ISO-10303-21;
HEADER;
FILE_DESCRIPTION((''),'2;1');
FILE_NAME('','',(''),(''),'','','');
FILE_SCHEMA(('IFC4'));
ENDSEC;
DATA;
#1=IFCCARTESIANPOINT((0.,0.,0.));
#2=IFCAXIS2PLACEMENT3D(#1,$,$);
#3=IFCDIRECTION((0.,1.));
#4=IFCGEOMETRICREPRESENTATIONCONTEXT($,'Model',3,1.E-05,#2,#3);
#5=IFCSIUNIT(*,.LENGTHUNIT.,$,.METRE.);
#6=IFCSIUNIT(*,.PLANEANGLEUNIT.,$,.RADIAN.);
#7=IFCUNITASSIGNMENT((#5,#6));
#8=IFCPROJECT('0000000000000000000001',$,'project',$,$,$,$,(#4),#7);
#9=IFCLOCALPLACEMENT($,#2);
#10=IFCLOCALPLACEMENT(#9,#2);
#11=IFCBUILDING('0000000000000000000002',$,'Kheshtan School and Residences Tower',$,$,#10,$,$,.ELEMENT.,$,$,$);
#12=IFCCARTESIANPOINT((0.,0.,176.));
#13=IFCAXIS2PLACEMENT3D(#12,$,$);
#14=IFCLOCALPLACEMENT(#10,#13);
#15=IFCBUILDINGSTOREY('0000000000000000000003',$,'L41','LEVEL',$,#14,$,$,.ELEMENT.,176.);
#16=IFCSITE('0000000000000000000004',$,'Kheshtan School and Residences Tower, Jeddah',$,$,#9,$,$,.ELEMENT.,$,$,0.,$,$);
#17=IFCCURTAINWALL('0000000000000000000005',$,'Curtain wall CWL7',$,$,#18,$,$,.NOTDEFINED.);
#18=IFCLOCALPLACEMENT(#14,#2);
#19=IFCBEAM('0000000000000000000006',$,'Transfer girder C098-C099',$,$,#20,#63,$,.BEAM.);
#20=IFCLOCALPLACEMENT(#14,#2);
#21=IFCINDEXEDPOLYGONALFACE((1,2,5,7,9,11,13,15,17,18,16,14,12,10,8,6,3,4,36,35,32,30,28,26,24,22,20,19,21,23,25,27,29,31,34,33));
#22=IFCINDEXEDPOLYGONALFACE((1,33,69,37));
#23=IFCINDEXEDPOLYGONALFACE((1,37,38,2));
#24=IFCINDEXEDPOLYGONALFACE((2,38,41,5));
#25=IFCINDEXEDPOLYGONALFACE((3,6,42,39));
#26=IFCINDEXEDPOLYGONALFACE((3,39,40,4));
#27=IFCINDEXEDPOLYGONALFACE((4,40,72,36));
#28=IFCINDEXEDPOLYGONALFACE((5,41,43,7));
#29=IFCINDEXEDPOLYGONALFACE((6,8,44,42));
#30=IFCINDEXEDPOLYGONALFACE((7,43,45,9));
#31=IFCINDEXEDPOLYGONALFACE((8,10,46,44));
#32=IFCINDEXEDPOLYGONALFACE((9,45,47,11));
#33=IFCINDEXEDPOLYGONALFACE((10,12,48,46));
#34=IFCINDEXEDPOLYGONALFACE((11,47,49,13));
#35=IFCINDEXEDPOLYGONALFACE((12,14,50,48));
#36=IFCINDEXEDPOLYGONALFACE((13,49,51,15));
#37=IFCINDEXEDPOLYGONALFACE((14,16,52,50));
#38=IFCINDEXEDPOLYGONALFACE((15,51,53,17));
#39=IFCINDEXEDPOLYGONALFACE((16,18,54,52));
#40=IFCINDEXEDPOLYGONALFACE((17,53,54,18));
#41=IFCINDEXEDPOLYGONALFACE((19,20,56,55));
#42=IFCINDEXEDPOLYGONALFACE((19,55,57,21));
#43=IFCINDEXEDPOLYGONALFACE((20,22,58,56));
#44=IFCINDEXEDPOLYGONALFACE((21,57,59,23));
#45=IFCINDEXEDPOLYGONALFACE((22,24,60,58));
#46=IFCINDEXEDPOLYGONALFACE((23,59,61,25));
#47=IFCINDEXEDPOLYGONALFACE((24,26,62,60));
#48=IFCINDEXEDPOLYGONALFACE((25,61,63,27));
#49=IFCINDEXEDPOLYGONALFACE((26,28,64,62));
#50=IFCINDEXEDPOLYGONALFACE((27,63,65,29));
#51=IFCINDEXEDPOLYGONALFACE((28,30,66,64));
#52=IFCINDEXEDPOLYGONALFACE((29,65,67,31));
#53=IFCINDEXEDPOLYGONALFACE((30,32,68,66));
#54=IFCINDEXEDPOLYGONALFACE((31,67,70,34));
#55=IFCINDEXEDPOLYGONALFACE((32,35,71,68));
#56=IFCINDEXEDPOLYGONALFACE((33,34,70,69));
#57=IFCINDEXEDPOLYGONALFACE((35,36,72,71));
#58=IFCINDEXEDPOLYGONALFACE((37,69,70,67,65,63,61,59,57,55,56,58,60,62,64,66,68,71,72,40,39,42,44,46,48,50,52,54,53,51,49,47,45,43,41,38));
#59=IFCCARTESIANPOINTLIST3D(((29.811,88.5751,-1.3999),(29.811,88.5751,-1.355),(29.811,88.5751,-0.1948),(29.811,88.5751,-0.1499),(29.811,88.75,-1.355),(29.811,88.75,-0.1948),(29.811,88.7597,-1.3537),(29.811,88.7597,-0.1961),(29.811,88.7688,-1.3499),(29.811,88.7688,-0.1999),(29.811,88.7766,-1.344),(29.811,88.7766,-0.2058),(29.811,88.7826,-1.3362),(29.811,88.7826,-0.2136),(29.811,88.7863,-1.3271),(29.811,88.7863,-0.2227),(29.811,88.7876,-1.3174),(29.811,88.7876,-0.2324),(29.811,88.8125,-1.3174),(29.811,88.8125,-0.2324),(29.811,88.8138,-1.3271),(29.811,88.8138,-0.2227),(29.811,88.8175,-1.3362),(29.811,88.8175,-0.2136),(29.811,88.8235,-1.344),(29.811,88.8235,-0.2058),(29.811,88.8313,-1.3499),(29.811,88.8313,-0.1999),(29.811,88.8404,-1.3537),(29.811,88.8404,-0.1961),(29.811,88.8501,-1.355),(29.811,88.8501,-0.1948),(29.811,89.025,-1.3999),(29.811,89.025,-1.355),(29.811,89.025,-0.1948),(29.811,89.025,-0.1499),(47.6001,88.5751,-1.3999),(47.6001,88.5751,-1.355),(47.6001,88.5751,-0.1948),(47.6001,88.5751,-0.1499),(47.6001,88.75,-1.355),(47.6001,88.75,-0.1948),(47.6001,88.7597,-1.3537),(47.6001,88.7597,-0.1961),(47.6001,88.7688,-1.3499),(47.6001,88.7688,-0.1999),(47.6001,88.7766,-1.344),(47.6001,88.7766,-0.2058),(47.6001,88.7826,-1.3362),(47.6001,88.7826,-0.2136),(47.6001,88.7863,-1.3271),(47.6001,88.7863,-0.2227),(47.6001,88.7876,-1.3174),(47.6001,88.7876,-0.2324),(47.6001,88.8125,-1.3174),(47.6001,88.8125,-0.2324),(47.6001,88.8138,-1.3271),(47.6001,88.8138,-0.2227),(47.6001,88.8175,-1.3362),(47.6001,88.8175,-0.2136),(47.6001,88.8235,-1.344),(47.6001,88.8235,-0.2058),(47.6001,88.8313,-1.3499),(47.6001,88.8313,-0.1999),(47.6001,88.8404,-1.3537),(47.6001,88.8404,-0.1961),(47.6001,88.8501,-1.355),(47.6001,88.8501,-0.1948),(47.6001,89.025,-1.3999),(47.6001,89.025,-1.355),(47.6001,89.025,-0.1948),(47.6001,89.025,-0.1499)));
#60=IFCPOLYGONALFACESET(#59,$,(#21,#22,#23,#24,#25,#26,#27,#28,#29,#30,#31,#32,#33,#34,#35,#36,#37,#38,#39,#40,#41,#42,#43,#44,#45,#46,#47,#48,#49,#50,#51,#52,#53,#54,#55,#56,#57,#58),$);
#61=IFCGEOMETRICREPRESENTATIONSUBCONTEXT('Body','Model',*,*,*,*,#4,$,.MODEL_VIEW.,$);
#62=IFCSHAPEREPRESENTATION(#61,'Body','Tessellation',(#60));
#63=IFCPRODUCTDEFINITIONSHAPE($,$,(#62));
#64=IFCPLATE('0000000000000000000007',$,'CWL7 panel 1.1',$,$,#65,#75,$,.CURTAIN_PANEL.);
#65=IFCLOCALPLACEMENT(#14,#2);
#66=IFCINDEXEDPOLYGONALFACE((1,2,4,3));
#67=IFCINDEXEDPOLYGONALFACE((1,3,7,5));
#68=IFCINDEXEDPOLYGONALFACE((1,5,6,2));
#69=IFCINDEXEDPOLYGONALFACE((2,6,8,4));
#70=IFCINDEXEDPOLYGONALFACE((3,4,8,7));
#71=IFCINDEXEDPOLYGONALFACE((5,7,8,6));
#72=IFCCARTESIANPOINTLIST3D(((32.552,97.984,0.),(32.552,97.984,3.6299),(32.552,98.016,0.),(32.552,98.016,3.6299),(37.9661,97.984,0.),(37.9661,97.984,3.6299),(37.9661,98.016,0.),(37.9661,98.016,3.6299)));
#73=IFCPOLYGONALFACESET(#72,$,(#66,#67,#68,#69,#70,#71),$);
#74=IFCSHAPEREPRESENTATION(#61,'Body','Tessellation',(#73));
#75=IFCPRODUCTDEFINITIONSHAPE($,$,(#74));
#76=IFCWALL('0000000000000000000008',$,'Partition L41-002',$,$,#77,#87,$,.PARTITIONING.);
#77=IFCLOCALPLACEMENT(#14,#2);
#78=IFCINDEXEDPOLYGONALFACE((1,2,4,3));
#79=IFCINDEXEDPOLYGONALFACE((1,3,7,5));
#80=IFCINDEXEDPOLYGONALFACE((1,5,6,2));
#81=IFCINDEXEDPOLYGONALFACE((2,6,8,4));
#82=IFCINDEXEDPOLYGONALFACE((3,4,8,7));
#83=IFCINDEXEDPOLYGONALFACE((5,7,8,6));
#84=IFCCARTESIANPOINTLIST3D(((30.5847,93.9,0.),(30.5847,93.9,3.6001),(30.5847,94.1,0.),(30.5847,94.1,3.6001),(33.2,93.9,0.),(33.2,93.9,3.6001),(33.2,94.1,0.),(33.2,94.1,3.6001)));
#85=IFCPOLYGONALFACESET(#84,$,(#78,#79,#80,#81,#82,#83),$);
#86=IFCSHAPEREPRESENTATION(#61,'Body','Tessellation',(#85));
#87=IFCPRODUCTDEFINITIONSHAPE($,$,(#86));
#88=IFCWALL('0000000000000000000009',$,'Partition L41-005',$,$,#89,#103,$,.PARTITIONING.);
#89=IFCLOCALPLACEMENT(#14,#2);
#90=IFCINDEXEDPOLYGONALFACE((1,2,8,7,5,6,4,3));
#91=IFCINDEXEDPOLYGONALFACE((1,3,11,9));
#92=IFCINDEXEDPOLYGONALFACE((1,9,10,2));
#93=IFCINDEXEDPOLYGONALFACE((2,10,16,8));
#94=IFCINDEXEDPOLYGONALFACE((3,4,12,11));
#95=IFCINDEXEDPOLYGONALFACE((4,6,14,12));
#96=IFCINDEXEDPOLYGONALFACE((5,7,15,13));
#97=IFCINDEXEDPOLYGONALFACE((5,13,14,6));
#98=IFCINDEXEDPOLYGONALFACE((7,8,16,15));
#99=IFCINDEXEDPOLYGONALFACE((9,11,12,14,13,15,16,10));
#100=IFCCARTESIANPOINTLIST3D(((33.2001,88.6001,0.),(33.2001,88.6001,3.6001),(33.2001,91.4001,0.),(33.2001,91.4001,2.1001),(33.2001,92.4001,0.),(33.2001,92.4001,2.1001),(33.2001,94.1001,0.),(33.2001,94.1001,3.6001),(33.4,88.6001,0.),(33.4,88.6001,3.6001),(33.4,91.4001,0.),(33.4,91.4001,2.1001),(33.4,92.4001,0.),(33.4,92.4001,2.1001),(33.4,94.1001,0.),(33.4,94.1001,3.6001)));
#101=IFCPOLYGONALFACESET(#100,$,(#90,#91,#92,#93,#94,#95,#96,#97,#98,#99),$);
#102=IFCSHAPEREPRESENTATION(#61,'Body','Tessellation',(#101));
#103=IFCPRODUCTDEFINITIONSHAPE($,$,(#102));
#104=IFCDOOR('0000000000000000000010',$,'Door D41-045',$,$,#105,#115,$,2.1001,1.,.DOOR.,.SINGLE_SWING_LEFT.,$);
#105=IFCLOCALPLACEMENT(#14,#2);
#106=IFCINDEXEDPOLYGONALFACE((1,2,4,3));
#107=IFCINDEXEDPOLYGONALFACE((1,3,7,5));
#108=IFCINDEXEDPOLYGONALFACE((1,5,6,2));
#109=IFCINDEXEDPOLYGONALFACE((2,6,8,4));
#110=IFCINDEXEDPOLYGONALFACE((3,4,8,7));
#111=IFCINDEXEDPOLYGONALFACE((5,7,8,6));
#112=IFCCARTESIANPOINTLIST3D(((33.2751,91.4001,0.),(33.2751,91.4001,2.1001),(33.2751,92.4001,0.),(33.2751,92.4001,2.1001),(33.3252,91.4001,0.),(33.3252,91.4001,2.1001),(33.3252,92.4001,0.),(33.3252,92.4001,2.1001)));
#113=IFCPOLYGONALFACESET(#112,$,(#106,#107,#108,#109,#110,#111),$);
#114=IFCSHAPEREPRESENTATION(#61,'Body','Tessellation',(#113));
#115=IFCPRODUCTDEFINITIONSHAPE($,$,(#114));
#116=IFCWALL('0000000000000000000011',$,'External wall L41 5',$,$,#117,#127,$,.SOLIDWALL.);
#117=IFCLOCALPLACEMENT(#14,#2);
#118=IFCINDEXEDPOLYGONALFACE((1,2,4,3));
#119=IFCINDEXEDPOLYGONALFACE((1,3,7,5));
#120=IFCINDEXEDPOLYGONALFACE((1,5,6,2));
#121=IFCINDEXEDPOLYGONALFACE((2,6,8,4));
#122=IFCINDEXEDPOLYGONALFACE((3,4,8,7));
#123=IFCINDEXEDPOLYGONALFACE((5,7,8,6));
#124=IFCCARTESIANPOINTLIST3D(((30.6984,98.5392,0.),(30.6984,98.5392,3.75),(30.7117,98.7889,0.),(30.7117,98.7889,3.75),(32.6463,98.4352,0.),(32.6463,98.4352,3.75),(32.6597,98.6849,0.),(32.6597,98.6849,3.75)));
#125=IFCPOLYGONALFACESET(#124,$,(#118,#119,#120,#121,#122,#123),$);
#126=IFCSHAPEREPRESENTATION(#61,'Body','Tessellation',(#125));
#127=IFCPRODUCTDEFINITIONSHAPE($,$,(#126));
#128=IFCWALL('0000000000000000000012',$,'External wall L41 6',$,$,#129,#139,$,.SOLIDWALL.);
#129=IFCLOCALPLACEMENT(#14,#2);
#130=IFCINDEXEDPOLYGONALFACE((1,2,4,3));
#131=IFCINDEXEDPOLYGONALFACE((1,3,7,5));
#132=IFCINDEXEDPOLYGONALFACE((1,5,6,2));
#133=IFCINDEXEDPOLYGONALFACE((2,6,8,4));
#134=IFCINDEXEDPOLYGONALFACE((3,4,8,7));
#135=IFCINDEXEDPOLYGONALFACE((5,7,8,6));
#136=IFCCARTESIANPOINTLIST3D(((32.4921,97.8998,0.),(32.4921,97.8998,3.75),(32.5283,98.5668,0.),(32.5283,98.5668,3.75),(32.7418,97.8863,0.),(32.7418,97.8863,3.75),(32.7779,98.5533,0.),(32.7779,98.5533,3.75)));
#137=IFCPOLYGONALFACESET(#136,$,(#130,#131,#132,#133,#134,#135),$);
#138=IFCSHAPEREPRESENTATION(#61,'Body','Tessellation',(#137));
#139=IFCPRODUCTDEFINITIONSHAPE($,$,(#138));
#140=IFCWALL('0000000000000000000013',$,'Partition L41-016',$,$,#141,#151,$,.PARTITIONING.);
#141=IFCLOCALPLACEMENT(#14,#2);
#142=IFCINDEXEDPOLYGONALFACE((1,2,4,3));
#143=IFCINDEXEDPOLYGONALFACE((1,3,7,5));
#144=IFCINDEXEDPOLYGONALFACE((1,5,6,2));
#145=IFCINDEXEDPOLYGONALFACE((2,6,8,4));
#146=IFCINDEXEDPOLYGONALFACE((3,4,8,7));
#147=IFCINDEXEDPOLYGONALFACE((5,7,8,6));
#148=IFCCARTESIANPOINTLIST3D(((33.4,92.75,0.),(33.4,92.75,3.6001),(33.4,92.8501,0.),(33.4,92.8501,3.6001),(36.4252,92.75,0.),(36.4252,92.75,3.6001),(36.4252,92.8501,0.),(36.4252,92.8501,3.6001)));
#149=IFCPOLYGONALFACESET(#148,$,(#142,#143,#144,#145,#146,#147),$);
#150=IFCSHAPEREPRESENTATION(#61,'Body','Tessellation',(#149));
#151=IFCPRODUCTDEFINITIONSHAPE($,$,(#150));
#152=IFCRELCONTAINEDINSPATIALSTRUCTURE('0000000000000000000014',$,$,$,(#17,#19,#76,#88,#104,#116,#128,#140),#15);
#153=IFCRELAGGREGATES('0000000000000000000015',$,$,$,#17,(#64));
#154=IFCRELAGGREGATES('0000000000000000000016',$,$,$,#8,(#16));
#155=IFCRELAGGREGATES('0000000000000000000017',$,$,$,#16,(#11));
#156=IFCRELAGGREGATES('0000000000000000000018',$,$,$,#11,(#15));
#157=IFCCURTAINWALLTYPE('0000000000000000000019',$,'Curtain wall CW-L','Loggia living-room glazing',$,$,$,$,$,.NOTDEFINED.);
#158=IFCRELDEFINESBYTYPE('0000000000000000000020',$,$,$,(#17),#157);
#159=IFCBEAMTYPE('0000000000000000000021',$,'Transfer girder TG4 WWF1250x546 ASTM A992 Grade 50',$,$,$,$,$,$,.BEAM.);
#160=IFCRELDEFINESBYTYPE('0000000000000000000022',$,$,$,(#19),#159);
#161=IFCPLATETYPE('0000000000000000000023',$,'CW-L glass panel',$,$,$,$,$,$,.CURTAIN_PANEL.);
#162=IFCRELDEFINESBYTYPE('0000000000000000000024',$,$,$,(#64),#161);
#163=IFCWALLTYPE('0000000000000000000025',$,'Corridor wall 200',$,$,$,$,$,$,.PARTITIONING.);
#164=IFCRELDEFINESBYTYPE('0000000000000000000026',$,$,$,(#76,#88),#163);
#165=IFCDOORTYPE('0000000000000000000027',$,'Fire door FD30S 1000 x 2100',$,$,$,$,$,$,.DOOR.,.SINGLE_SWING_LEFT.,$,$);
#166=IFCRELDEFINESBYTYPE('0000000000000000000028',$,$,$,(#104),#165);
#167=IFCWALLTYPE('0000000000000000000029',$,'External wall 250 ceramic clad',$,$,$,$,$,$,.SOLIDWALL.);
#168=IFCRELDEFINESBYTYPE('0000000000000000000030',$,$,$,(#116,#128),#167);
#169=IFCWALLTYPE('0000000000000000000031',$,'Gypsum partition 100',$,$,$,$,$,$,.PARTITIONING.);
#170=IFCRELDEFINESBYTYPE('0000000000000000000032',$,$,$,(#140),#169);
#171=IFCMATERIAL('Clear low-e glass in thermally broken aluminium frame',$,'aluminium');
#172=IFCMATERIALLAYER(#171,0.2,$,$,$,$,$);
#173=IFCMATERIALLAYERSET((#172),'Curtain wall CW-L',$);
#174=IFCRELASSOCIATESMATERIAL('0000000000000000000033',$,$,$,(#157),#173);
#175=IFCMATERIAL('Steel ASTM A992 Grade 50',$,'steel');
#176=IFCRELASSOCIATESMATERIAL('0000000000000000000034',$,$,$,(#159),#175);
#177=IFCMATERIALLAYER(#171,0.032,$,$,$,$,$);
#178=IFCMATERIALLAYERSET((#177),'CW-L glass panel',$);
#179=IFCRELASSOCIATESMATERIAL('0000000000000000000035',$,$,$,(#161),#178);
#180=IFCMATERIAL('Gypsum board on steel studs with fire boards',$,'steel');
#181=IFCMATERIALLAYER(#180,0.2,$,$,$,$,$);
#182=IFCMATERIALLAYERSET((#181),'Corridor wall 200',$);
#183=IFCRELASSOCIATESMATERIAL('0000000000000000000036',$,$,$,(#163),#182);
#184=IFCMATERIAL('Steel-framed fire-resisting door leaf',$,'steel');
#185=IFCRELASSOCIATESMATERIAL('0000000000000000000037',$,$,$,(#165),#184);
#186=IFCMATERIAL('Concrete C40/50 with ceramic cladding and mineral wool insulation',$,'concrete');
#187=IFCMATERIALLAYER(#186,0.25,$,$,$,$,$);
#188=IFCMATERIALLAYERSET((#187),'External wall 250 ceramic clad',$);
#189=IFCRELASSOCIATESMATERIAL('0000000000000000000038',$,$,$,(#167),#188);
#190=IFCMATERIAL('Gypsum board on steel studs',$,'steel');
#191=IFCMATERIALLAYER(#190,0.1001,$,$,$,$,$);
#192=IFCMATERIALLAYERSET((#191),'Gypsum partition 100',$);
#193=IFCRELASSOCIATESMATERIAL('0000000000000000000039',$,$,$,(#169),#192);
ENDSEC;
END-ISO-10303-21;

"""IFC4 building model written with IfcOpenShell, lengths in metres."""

from ifc_helpers import new_model, si_unit, direction, frame, frame_2d, origin, origin_2d, place, context, subcontext, project, spatial, rectangle, i_section, extrude, source, transform, mapped, material, layer, layer_set, material_profile, profile_set, type_object, element, fill, aggregate, save


model = new_model("IFC4")

# Units and contexts
model_context = context("Model", 3, precision=1e-05, world=origin(), true_north=direction((0.0, 1.0)))
body_context = subcontext(model_context, "Body", "Model", "MODEL_VIEW")
ifc_project = project(units=[si_unit("LENGTHUNIT", "METRE"), si_unit("PLANEANGLEUNIT", "RADIAN")], contexts=[model_context])

# Site, building, storey
site_placement = place(None, origin())
site = spatial("IfcSite", under=ifc_project, at=site_placement, Name="Kheshtan School and Residences Tower, Jeddah", CompositionType="ELEMENT", RefElevation=0.0)
building_placement = place(site_placement, origin())
building = spatial("IfcBuilding", under=site, at=building_placement, Name="Kheshtan School and Residences Tower", CompositionType="ELEMENT")
storey_placement = place(building_placement, frame((0.0, 0.0, 176.0)))
storey = spatial("IfcBuildingStorey", under=building, at=storey_placement, Name="L41", Description="LEVEL", CompositionType="ELEMENT", Elevation=176.0)

# Shared definitions
ifc_material_1 = material(Name="Steel ASTM A992 Grade 50", Category="steel")

# Curtain wall
ifc_material_2 = material(Name="Clear low-e glass in thermally broken aluminium frame", Category="aluminium")
ifc_layer_1 = layer(ifc_material_2, 0.2)
ifc_layer_set_1 = layer_set([ifc_layer_1], Name="Curtain wall CW-L")
curtain_wall_type = type_object("IfcCurtainWallType", Name="Curtain wall CW-L", Description="Loggia living-room glazing", PredefinedType="NOTDEFINED", material=ifc_layer_set_1)
curtain_wall_placement = place(storey_placement, origin())
curtain_wall = element("IfcCurtainWall", 1, at=curtain_wall_placement, inside=storey, type_object=curtain_wall_type, Name="Curtain wall CWL7", PredefinedType="NOTDEFINED")

# Beam
ifc_material_profile_1 = material_profile(ifc_material_1, i_section(OverallWidth=0.45, OverallDepth=1.25, WebThickness=0.0249, FlangeThickness=0.0449, FilletRadius=0.0376, at=origin_2d()), Name="WWF1250x546")
ifc_profile_set_1 = profile_set([ifc_material_profile_1], Name="Steel ASTM A992 Grade 50")
beam_type_1 = type_object("IfcBeamType", Name="Transfer girder TG4 WWF1250x546 ASTM A992 Grade 50", PredefinedType="BEAM", material=ifc_profile_set_1)
beam_1_placement = place(storey_placement, frame((29.811, 88.8, -0.7749), z_axis=(1.0, 0.0, 0.0), x_axis=(0.0, 1.0, 0.0)))
element("IfcBeam", 2, at=beam_1_placement, inside=storey, type_object=beam_type_1, Name="Transfer girder C098-C099", PredefinedType="BEAM", context=body_context, shape_type="SweptSolid", body=[
    extrude(i_section(OverallWidth=0.45, OverallDepth=1.25, WebThickness=0.0249, FlangeThickness=0.0449, FilletRadius=0.0376, at=origin_2d()), origin(), (0.0, 0.0, 1.0), 17.7891),
])

# Plate
ifc_layer_2 = layer(ifc_material_2, 0.032)
ifc_layer_set_2 = layer_set([ifc_layer_2], Name="CW-L glass panel")
plate_type = type_object("IfcPlateType", Name="CW-L glass panel", PredefinedType="CURTAIN_PANEL", material=ifc_layer_set_2)
plate_placement = place(storey_placement, frame((35.259, 98.0, 0.0), z_axis=(0.0, 0.0, 1.0), x_axis=(1.0, 0.0, 0.0)))
plate = element("IfcPlate", 3, at=plate_placement, type_object=plate_type, Name="CWL7 panel 1.1", PredefinedType="CURTAIN_PANEL", context=body_context, shape_type="SweptSolid", body=[
    extrude(rectangle(XDim=5.4141, YDim=0.032, at=origin_2d()), origin(), (0.0, 0.0, 1.0), 3.6299),
])
aggregate(curtain_wall, [plate])

# Wall
ifc_material_3 = material(Name="Gypsum board on steel studs with fire boards", Category="steel")
ifc_layer_3 = layer(ifc_material_3, 0.2)
ifc_layer_set_3 = layer_set([ifc_layer_3], Name="Corridor wall 200")
wall_type_1 = type_object("IfcWallType", Name="Corridor wall 200", PredefinedType="PARTITIONING", material=ifc_layer_set_3)
wall_1_placement = place(storey_placement, frame((30.5847, 94.0, 0.0), z_axis=(0.0, 0.0, 1.0), x_axis=(1.0, 0.0, 0.0)))
element("IfcWall", 4, at=wall_1_placement, inside=storey, type_object=wall_type_1, Name="Partition L41-002", PredefinedType="PARTITIONING", context=body_context, shape_type="SweptSolid", body=[
    extrude(rectangle(XDim=2.6152, YDim=0.2, at=frame_2d((1.3076, 0.0))), origin(), (0.0, 0.0, 1.0), 3.6001),
])

# Wall, opening, door
wall_2_placement = place(storey_placement, frame((33.3, 88.6001, 0.0), z_axis=(0.0, 0.0, 1.0), x_axis=(0.0, 1.0, 0.0)))
wall_2 = element("IfcWall", 5, at=wall_2_placement, inside=storey, type_object=wall_type_1, Name="Partition L41-005", PredefinedType="PARTITIONING", context=body_context, shape_type="SweptSolid", body=[
    extrude(rectangle(XDim=5.5, YDim=0.2, at=frame_2d((2.75, 0.0))), origin(), (0.0, 0.0, 1.0), 3.6001),
])
opening_1_placement = place(wall_2_placement, frame((2.8, 0.0, 0.0)))
opening_1 = element("IfcOpeningElement", 6, at=opening_1_placement, cuts=wall_2, PredefinedType="OPENING", context=body_context, shape_type="SweptSolid", body=[
    extrude(rectangle(XDim=1.0, YDim=2.1001, at=frame_2d((0.5, 1.05))), frame((0.0, 0.1099, 0.0), z_axis=(0.0, -1.0, 0.0), x_axis=(1.0, 0.0, 0.0)), (0.0, 0.0, 1.0), 0.22),
])
ifc_material_4 = material(Name="Steel-framed fire-resisting door leaf", Category="steel")
door_type_1 = type_object("IfcDoorType", Name="Fire door FD30S 1000 x 2100", OperationType="SINGLE_SWING_LEFT", PredefinedType="DOOR", material=ifc_material_4)
shared_shape_1 = source(origin(), body_context, "Body", "SweptSolid", [
    extrude(rectangle(XDim=1.0, YDim=2.1001, at=frame_2d((0.5, 1.05))), frame((0.0, 0.0249, 0.0), z_axis=(0.0, -1.0, 0.0), x_axis=(1.0, 0.0, 0.0)), (0.0, 0.0, 1.0), 0.05),
])
door_1_placement = place(opening_1_placement, origin())
door_1 = element("IfcDoor", 7, at=door_1_placement, inside=storey, type_object=door_type_1, Name="Door D41-045", OperationType="SINGLE_SWING_LEFT", OverallHeight=2.1001, OverallWidth=1.0, PredefinedType="DOOR", context=body_context, shape_type="MappedRepresentation", body=[
    mapped(shared_shape_1, transform((0.0, 0.0, 0.0), x_axis=(1.0, 0.0, 0.0), y_axis=(0.0, 1.0, 0.0), z_axis=(0.0, 0.0, 1.0), scale=1.0)),
])
fill(opening_1, door_1)

# Walls
ifc_material_5 = material(Name="Concrete C40/50 with ceramic cladding and mineral wool insulation", Category="concrete")
ifc_layer_4 = layer(ifc_material_5, 0.25)
ifc_layer_set_4 = layer_set([ifc_layer_4], Name="External wall 250 ceramic clad")
wall_type_2 = type_object("IfcWallType", Name="External wall 250 ceramic clad", PredefinedType="SOLIDWALL", material=ifc_layer_set_4)
wall_3_placement = place(storey_placement, frame((30.7051, 98.6641, 0.0), z_axis=(0.0, 0.0, 1.0), x_axis=(0.998578, -0.053314, 0.0)))
element("IfcWall", 8, at=wall_3_placement, inside=storey, type_object=wall_type_2, Name="External wall L41 5", PredefinedType="SOLIDWALL", context=body_context, shape_type="SweptSolid", body=[
    extrude(rectangle(XDim=1.9507, YDim=0.25, at=frame_2d((0.9753, 0.0))), origin(), (0.0, 0.0, 1.0), 3.75),
])
wall_4_placement = place(storey_placement, frame((32.6531, 98.5601, 0.0), z_axis=(0.0, 0.0, 1.0), x_axis=(-0.054093, -0.998536, 0.0)))
element("IfcWall", 9, at=wall_4_placement, inside=storey, type_object=wall_type_2, Name="External wall L41 6", PredefinedType="SOLIDWALL", context=body_context, shape_type="SweptSolid", body=[
    extrude(rectangle(XDim=0.668, YDim=0.25, at=frame_2d((0.334, 0.0))), origin(), (0.0, 0.0, 1.0), 3.75),
])
ifc_material_6 = material(Name="Gypsum board on steel studs", Category="steel")
ifc_layer_5 = layer(ifc_material_6, 0.1001)
ifc_layer_set_5 = layer_set([ifc_layer_5], Name="Gypsum partition 100")
wall_type_3 = type_object("IfcWallType", Name="Gypsum partition 100", PredefinedType="PARTITIONING", material=ifc_layer_set_5)
wall_5_placement = place(storey_placement, frame((33.3999, 92.8, 0.0), z_axis=(0.0, 0.0, 1.0), x_axis=(1.0, 0.0, 0.0)))
element("IfcWall", 10, at=wall_5_placement, inside=storey, type_object=wall_type_3, Name="Partition L41-016", PredefinedType="PARTITIONING", context=body_context, shape_type="SweptSolid", body=[
    extrude(rectangle(XDim=3.0251, YDim=0.1001, at=frame_2d((1.5127, 0.0))), origin(), (0.0, 0.0, 1.0), 3.6001),
])

save(model, "model.ifc")
